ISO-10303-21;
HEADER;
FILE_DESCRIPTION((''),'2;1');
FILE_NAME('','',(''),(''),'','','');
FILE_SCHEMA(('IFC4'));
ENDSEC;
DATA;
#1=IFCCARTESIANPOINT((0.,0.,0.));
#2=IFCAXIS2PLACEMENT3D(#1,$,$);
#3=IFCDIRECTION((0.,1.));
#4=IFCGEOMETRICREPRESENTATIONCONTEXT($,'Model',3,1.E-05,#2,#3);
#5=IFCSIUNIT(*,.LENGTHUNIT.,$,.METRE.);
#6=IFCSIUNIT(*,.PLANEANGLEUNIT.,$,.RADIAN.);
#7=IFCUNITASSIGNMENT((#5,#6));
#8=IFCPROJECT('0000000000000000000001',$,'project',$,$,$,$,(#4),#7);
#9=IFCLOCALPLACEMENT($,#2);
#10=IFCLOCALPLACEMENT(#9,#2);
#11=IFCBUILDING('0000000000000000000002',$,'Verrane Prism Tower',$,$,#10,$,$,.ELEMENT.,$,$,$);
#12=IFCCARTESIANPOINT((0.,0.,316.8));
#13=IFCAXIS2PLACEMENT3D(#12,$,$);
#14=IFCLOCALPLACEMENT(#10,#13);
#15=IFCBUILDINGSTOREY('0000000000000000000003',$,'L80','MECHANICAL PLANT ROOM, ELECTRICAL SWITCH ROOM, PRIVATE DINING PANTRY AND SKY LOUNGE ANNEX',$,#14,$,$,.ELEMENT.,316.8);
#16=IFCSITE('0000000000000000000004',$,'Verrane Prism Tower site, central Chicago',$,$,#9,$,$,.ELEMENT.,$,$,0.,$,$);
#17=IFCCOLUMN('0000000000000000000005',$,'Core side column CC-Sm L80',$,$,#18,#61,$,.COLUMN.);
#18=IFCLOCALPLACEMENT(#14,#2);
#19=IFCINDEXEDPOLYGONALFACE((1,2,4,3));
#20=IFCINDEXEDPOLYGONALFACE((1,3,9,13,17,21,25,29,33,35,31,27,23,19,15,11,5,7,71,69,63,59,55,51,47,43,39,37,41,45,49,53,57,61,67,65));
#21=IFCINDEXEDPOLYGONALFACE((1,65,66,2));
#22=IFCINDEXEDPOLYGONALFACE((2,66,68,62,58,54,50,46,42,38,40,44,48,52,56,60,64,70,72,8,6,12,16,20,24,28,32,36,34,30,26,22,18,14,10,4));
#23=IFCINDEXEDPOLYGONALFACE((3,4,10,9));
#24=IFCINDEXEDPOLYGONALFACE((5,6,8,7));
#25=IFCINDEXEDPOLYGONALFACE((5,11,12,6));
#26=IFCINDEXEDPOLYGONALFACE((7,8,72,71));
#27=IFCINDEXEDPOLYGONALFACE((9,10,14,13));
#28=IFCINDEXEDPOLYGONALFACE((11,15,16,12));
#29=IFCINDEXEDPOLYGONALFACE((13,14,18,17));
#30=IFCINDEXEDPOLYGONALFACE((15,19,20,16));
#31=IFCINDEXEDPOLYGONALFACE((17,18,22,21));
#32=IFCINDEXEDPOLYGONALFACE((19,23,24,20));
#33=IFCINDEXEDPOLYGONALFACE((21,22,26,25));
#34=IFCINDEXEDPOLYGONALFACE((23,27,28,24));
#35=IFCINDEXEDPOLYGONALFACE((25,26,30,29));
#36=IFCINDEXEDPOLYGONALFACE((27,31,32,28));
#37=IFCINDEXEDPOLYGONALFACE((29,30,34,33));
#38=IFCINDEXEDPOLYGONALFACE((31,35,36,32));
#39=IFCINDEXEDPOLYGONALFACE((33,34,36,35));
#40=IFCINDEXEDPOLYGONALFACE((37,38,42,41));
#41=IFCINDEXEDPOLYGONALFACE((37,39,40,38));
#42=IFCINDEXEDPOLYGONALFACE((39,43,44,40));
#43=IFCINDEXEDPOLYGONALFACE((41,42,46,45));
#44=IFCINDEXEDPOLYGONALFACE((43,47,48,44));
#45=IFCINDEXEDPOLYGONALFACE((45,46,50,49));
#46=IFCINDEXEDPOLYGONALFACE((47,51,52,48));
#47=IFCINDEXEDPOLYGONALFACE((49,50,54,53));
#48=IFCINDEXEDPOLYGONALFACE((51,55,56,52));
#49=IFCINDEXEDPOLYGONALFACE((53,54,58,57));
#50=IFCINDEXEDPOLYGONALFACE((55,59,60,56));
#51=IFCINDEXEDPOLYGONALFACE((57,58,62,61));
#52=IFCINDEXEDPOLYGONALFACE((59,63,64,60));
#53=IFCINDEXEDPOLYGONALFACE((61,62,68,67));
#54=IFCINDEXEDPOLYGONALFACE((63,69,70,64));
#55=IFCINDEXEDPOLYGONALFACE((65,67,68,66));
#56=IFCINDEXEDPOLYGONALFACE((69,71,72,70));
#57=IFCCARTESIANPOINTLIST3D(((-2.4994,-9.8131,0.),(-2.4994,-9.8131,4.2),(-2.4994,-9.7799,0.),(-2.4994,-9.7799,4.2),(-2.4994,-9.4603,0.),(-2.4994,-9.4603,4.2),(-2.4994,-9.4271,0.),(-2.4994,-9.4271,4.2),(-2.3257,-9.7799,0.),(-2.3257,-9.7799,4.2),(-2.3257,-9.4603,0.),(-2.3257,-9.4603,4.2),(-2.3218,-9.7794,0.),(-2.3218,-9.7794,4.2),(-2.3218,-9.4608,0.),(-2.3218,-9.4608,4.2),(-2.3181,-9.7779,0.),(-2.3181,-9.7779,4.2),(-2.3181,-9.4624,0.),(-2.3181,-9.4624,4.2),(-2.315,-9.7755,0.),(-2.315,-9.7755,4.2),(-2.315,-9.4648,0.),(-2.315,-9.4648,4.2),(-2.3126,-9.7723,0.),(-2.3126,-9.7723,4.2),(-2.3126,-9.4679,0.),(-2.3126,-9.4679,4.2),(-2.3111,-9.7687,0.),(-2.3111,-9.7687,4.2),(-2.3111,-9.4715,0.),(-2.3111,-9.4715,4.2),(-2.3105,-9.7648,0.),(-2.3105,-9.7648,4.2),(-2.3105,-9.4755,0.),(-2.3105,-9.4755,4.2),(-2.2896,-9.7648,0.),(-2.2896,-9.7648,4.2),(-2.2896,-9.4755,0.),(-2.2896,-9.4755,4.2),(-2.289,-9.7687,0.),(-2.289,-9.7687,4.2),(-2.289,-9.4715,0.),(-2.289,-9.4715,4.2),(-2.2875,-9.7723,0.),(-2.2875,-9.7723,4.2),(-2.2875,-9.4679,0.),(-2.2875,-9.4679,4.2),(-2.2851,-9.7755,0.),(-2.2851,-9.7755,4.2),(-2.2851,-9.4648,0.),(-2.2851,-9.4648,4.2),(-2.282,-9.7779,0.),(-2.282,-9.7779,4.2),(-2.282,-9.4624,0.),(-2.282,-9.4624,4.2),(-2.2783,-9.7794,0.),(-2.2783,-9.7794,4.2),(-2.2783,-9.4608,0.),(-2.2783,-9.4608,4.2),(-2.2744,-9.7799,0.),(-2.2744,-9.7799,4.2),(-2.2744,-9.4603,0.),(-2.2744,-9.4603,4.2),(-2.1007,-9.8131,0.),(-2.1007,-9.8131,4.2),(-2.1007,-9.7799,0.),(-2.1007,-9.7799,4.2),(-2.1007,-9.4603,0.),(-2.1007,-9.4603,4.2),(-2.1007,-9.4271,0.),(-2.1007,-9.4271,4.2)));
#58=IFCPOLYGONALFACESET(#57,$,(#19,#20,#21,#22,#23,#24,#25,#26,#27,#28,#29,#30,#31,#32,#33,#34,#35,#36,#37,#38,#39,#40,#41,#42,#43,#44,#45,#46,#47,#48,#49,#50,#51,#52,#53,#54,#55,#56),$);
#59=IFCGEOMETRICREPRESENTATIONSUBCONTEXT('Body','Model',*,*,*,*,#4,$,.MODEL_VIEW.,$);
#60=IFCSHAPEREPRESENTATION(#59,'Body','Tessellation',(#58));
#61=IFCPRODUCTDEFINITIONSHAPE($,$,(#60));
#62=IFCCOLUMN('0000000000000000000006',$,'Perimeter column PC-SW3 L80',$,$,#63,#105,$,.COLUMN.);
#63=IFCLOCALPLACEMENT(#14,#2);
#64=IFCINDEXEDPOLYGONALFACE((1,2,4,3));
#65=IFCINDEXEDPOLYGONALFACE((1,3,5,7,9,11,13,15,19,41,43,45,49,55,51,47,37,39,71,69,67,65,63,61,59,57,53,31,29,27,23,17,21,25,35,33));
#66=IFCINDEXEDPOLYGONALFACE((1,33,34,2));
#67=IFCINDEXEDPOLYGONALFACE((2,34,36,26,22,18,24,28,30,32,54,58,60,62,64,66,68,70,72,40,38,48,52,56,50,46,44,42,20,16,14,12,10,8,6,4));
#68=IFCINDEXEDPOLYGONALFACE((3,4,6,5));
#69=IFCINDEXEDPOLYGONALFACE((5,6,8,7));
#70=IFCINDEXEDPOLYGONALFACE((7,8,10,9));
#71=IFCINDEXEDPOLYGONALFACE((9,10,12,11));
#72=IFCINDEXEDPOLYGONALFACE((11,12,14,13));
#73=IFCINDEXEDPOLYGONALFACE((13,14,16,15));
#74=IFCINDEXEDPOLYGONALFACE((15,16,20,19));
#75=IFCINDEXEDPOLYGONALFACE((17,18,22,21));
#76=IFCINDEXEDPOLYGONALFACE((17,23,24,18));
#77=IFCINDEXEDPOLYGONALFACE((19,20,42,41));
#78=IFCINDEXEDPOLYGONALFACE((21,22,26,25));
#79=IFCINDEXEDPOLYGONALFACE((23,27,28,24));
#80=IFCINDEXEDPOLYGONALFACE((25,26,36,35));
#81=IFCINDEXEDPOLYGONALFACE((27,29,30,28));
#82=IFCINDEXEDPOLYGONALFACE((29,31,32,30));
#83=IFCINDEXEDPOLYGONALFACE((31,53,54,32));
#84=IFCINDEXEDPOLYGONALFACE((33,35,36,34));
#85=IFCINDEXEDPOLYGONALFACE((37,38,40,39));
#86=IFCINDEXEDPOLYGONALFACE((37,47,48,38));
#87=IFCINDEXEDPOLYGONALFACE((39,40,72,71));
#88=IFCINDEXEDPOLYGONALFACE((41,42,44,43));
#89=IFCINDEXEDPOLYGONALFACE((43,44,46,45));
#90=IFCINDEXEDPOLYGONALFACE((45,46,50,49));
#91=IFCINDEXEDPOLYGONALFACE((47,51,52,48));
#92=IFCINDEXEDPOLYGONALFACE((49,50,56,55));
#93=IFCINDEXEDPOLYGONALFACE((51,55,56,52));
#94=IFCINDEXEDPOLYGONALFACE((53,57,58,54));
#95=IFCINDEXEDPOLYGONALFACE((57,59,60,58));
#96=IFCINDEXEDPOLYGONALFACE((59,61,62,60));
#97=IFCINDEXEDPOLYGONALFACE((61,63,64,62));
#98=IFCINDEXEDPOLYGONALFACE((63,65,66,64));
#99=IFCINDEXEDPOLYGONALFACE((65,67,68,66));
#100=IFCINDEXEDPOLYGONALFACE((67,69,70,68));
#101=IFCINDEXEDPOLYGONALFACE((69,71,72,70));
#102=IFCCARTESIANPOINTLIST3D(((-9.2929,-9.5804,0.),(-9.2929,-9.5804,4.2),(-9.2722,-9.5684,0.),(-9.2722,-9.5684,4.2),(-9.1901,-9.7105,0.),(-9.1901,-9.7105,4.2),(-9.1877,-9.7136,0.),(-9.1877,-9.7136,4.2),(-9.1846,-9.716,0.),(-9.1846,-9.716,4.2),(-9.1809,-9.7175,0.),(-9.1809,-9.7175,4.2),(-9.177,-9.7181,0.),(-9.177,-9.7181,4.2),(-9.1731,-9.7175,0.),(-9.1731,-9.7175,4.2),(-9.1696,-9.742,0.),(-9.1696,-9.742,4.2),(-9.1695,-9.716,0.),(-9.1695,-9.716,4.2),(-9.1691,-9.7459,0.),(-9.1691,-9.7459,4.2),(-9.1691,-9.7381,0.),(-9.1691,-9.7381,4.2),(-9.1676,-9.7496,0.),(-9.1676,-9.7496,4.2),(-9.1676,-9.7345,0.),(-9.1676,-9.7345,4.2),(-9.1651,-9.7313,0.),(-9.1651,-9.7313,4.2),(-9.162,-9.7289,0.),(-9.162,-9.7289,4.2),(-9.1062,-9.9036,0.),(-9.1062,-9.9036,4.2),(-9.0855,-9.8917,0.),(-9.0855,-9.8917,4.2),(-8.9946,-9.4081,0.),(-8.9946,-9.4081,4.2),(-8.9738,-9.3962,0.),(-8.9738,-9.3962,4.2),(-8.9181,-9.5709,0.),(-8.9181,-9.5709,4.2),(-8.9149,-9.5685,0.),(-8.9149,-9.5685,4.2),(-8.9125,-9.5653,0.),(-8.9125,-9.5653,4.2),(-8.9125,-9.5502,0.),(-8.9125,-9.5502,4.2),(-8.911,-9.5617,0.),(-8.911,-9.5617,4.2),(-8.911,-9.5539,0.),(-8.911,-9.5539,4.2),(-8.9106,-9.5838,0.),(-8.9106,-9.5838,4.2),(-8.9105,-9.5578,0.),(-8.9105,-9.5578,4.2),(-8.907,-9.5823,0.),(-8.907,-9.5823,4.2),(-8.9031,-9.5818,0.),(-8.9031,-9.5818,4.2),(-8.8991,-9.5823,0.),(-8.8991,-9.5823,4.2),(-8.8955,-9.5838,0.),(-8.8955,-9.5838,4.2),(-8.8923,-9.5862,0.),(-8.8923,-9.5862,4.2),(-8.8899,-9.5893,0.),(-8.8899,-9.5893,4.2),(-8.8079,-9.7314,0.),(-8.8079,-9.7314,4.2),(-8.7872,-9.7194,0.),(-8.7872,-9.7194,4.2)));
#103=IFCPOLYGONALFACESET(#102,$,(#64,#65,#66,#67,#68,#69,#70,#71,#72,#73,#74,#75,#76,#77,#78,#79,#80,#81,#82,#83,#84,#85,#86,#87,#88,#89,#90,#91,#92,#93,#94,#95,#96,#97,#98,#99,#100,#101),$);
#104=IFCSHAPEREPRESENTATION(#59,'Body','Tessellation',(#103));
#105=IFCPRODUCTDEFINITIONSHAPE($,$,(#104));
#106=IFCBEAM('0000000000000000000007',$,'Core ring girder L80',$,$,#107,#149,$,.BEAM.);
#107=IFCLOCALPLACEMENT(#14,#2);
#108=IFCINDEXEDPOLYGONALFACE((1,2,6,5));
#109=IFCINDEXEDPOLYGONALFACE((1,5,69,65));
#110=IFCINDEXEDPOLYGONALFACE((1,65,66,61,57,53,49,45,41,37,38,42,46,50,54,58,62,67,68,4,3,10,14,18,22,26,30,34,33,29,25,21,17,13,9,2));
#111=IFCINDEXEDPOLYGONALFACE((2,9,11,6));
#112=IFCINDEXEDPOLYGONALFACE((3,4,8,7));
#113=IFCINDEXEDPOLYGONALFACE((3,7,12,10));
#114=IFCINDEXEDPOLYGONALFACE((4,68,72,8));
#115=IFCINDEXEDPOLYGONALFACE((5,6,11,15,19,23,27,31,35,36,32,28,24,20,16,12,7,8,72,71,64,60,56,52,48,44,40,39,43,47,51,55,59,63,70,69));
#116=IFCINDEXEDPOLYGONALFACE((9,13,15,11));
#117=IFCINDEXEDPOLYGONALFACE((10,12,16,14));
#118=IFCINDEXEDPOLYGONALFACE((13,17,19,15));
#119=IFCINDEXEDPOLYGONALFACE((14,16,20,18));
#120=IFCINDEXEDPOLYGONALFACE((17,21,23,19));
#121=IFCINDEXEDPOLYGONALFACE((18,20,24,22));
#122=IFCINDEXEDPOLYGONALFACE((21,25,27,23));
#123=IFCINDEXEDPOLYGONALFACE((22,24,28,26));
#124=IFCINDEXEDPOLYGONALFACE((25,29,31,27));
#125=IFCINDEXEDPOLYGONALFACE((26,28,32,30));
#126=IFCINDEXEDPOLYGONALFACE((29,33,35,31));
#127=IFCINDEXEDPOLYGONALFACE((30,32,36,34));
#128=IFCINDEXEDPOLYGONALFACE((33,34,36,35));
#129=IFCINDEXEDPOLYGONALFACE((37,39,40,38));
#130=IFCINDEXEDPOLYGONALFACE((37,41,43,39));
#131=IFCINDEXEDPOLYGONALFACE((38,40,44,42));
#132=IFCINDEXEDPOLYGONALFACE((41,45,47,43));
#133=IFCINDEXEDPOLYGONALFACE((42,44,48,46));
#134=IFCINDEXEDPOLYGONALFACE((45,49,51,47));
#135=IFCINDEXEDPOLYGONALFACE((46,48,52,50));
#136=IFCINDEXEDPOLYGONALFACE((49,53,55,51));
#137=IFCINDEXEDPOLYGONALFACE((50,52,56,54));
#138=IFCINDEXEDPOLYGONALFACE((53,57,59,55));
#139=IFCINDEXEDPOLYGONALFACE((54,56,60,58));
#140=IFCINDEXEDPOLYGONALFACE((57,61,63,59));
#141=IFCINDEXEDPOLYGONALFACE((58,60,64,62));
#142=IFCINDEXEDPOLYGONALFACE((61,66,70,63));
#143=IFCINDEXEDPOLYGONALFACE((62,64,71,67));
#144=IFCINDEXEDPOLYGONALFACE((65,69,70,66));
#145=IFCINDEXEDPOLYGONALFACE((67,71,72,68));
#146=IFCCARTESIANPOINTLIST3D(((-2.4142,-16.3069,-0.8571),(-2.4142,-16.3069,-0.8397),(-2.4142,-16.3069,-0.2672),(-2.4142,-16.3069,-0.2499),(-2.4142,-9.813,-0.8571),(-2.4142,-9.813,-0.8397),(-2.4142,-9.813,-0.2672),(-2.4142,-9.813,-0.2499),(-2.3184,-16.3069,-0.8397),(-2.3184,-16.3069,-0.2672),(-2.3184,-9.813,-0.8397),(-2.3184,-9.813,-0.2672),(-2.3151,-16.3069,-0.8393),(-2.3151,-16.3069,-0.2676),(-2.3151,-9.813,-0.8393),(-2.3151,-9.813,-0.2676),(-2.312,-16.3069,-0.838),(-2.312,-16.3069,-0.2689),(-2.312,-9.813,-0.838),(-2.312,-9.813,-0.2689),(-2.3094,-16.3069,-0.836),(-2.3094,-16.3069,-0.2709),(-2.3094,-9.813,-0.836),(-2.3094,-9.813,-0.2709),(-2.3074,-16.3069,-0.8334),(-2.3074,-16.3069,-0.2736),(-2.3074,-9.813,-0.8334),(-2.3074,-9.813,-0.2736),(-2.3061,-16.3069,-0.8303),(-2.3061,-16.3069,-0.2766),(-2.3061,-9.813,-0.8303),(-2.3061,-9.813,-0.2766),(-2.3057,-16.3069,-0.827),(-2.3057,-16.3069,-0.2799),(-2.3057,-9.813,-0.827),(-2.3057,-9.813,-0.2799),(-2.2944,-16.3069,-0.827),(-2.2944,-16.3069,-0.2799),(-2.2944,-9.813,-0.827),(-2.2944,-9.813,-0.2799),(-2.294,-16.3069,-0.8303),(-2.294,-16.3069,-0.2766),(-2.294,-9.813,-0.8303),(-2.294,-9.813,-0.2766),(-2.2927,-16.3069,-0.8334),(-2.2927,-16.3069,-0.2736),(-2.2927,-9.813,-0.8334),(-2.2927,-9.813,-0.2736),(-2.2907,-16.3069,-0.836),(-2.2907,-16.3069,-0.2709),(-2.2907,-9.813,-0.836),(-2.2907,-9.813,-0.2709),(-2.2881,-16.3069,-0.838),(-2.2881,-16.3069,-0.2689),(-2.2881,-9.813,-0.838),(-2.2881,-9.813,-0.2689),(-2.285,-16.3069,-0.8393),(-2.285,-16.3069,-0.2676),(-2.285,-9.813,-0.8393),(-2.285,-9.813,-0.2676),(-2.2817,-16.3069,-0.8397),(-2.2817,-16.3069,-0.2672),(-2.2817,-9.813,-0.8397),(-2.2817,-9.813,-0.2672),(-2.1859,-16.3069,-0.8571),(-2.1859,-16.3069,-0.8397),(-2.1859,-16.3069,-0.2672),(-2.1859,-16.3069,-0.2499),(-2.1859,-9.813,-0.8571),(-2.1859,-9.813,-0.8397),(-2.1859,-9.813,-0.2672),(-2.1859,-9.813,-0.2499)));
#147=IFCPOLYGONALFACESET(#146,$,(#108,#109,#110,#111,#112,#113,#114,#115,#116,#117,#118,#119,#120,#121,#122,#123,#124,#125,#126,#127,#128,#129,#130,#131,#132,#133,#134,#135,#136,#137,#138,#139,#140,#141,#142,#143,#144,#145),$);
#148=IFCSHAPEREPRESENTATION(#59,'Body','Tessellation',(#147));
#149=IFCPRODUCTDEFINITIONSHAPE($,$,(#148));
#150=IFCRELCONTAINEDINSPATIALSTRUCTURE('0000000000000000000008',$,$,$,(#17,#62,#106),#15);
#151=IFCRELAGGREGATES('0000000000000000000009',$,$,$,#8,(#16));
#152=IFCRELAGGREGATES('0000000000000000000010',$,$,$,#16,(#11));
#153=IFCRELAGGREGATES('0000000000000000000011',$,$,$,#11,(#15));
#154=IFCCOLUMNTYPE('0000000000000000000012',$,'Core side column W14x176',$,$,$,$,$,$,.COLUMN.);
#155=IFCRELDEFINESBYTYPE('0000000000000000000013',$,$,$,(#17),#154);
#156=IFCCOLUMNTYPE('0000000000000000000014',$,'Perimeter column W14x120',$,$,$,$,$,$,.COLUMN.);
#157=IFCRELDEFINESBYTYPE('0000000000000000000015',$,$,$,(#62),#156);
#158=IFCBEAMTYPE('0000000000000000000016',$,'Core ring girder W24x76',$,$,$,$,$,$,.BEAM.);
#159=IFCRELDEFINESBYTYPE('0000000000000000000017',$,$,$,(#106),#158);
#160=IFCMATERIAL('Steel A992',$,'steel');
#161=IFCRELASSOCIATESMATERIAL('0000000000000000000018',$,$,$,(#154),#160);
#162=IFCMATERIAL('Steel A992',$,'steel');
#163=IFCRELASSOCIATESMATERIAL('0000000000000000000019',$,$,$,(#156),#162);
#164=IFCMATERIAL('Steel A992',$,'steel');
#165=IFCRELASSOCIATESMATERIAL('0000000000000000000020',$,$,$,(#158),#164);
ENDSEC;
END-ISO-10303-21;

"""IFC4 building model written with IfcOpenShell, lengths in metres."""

from ifc_helpers import new_model, si_unit, direction, frame, origin, origin_2d, place, context, subcontext, project, spatial, i_section, extrude, material, material_profile, profile_set, type_object, element, save


model = new_model("IFC4")

# Units and contexts
model_context = context("Model", 3, precision=1e-05, world=origin(), true_north=direction((0.0, 1.0)))
body_context = subcontext(model_context, "Body", "Model", "MODEL_VIEW")
ifc_project = project(units=[si_unit("LENGTHUNIT", "METRE"), si_unit("PLANEANGLEUNIT", "RADIAN")], contexts=[model_context])

# Site, building, storey
site_placement = place(None, origin())
site = spatial("IfcSite", under=ifc_project, at=site_placement, Name="Verrane Prism Tower site, central Chicago", CompositionType="ELEMENT", RefElevation=0.0)
building_placement = place(site_placement, origin())
building = spatial("IfcBuilding", under=site, at=building_placement, Name="Verrane Prism Tower", CompositionType="ELEMENT")
storey_placement = place(building_placement, frame((0.0, 0.0, 316.8)))
storey = spatial("IfcBuildingStorey", under=building, at=storey_placement, Name="L80", Description="MECHANICAL PLANT ROOM, ELECTRICAL SWITCH ROOM, PRIVATE DINING PANTRY AND SKY LOUNGE ANNEX", CompositionType="ELEMENT", Elevation=316.8)

# Columns
ifc_material_1 = material(Name="Steel A992", Category="steel")
ifc_material_profile_1 = material_profile(ifc_material_1, i_section(OverallWidth=0.3987, OverallDepth=0.386, WebThickness=0.021, FlangeThickness=0.0332, FilletRadius=0.0151, at=origin_2d()), Name="W14x176")
ifc_profile_set_1 = profile_set([ifc_material_profile_1], Name="Steel A992")
column_type_1 = type_object("IfcColumnType", Name="Core side column W14x176", PredefinedType="COLUMN", material=ifc_profile_set_1)
column_1_placement = place(storey_placement, frame((-2.3, -9.6201, 0.0), z_axis=(0.0, 0.0, 1.0), x_axis=(1.0, 0.0, 0.0)))
element("IfcColumn", 1, at=column_1_placement, inside=storey, type_object=column_type_1, Name="Core side column CC-Sm L80", PredefinedType="COLUMN", context=body_context, shape_type="SweptSolid", body=[
    extrude(i_section(OverallWidth=0.3987, OverallDepth=0.386, WebThickness=0.021, FlangeThickness=0.0332, FilletRadius=0.0151, at=origin_2d()), origin(), (0.0, 0.0, 1.0), 4.2),
])
ifc_material_2 = material(Name="Steel A992", Category="steel")
ifc_material_profile_2 = material_profile(ifc_material_2, i_section(OverallWidth=0.3733, OverallDepth=0.3684, WebThickness=0.0149, FlangeThickness=0.0239, FilletRadius=0.0151, at=origin_2d()), Name="W14x120")
ifc_profile_set_2 = profile_set([ifc_material_profile_2], Name="Steel A992")
column_type_2 = type_object("IfcColumnType", Name="Perimeter column W14x120", PredefinedType="COLUMN", material=ifc_profile_set_2)
column_2_placement = place(storey_placement, frame((-9.04, -9.6499, 0.0), z_axis=(0.0, 0.0, 1.0), x_axis=(-0.5, 0.866025, 0.0)))
element("IfcColumn", 2, at=column_2_placement, inside=storey, type_object=column_type_2, Name="Perimeter column PC-SW3 L80", PredefinedType="COLUMN", context=body_context, shape_type="SweptSolid", body=[
    extrude(i_section(OverallWidth=0.3733, OverallDepth=0.3684, WebThickness=0.0149, FlangeThickness=0.0239, FilletRadius=0.0151, at=origin_2d()), origin(), (0.0, 0.0, 1.0), 4.2),
])

# Beam
ifc_material_3 = material(Name="Steel A992", Category="steel")
ifc_material_profile_3 = material_profile(ifc_material_3, i_section(OverallWidth=0.2283, OverallDepth=0.6072, WebThickness=0.0112, FlangeThickness=0.0173, FilletRadius=0.0127, at=origin_2d()), Name="W24x76")
ifc_profile_set_3 = profile_set([ifc_material_profile_3], Name="Steel A992")
beam_type_1 = type_object("IfcBeamType", Name="Core ring girder W24x76", PredefinedType="BEAM", material=ifc_profile_set_3)
beam_1_placement = place(storey_placement, frame((-2.3, -9.813, -0.5535), z_axis=(0.0, -1.0, 0.0), x_axis=(1.0, 0.0, 0.0)))
element("IfcBeam", 3, at=beam_1_placement, inside=storey, type_object=beam_type_1, Name="Core ring girder L80", PredefinedType="BEAM", context=body_context, shape_type="SweptSolid", body=[
    extrude(i_section(OverallWidth=0.2283, OverallDepth=0.6072, WebThickness=0.0112, FlangeThickness=0.0173, FilletRadius=0.0127, at=origin_2d()), origin(), (0.0, 0.0, 1.0), 6.4939),
])

save(model, "model.ifc")
